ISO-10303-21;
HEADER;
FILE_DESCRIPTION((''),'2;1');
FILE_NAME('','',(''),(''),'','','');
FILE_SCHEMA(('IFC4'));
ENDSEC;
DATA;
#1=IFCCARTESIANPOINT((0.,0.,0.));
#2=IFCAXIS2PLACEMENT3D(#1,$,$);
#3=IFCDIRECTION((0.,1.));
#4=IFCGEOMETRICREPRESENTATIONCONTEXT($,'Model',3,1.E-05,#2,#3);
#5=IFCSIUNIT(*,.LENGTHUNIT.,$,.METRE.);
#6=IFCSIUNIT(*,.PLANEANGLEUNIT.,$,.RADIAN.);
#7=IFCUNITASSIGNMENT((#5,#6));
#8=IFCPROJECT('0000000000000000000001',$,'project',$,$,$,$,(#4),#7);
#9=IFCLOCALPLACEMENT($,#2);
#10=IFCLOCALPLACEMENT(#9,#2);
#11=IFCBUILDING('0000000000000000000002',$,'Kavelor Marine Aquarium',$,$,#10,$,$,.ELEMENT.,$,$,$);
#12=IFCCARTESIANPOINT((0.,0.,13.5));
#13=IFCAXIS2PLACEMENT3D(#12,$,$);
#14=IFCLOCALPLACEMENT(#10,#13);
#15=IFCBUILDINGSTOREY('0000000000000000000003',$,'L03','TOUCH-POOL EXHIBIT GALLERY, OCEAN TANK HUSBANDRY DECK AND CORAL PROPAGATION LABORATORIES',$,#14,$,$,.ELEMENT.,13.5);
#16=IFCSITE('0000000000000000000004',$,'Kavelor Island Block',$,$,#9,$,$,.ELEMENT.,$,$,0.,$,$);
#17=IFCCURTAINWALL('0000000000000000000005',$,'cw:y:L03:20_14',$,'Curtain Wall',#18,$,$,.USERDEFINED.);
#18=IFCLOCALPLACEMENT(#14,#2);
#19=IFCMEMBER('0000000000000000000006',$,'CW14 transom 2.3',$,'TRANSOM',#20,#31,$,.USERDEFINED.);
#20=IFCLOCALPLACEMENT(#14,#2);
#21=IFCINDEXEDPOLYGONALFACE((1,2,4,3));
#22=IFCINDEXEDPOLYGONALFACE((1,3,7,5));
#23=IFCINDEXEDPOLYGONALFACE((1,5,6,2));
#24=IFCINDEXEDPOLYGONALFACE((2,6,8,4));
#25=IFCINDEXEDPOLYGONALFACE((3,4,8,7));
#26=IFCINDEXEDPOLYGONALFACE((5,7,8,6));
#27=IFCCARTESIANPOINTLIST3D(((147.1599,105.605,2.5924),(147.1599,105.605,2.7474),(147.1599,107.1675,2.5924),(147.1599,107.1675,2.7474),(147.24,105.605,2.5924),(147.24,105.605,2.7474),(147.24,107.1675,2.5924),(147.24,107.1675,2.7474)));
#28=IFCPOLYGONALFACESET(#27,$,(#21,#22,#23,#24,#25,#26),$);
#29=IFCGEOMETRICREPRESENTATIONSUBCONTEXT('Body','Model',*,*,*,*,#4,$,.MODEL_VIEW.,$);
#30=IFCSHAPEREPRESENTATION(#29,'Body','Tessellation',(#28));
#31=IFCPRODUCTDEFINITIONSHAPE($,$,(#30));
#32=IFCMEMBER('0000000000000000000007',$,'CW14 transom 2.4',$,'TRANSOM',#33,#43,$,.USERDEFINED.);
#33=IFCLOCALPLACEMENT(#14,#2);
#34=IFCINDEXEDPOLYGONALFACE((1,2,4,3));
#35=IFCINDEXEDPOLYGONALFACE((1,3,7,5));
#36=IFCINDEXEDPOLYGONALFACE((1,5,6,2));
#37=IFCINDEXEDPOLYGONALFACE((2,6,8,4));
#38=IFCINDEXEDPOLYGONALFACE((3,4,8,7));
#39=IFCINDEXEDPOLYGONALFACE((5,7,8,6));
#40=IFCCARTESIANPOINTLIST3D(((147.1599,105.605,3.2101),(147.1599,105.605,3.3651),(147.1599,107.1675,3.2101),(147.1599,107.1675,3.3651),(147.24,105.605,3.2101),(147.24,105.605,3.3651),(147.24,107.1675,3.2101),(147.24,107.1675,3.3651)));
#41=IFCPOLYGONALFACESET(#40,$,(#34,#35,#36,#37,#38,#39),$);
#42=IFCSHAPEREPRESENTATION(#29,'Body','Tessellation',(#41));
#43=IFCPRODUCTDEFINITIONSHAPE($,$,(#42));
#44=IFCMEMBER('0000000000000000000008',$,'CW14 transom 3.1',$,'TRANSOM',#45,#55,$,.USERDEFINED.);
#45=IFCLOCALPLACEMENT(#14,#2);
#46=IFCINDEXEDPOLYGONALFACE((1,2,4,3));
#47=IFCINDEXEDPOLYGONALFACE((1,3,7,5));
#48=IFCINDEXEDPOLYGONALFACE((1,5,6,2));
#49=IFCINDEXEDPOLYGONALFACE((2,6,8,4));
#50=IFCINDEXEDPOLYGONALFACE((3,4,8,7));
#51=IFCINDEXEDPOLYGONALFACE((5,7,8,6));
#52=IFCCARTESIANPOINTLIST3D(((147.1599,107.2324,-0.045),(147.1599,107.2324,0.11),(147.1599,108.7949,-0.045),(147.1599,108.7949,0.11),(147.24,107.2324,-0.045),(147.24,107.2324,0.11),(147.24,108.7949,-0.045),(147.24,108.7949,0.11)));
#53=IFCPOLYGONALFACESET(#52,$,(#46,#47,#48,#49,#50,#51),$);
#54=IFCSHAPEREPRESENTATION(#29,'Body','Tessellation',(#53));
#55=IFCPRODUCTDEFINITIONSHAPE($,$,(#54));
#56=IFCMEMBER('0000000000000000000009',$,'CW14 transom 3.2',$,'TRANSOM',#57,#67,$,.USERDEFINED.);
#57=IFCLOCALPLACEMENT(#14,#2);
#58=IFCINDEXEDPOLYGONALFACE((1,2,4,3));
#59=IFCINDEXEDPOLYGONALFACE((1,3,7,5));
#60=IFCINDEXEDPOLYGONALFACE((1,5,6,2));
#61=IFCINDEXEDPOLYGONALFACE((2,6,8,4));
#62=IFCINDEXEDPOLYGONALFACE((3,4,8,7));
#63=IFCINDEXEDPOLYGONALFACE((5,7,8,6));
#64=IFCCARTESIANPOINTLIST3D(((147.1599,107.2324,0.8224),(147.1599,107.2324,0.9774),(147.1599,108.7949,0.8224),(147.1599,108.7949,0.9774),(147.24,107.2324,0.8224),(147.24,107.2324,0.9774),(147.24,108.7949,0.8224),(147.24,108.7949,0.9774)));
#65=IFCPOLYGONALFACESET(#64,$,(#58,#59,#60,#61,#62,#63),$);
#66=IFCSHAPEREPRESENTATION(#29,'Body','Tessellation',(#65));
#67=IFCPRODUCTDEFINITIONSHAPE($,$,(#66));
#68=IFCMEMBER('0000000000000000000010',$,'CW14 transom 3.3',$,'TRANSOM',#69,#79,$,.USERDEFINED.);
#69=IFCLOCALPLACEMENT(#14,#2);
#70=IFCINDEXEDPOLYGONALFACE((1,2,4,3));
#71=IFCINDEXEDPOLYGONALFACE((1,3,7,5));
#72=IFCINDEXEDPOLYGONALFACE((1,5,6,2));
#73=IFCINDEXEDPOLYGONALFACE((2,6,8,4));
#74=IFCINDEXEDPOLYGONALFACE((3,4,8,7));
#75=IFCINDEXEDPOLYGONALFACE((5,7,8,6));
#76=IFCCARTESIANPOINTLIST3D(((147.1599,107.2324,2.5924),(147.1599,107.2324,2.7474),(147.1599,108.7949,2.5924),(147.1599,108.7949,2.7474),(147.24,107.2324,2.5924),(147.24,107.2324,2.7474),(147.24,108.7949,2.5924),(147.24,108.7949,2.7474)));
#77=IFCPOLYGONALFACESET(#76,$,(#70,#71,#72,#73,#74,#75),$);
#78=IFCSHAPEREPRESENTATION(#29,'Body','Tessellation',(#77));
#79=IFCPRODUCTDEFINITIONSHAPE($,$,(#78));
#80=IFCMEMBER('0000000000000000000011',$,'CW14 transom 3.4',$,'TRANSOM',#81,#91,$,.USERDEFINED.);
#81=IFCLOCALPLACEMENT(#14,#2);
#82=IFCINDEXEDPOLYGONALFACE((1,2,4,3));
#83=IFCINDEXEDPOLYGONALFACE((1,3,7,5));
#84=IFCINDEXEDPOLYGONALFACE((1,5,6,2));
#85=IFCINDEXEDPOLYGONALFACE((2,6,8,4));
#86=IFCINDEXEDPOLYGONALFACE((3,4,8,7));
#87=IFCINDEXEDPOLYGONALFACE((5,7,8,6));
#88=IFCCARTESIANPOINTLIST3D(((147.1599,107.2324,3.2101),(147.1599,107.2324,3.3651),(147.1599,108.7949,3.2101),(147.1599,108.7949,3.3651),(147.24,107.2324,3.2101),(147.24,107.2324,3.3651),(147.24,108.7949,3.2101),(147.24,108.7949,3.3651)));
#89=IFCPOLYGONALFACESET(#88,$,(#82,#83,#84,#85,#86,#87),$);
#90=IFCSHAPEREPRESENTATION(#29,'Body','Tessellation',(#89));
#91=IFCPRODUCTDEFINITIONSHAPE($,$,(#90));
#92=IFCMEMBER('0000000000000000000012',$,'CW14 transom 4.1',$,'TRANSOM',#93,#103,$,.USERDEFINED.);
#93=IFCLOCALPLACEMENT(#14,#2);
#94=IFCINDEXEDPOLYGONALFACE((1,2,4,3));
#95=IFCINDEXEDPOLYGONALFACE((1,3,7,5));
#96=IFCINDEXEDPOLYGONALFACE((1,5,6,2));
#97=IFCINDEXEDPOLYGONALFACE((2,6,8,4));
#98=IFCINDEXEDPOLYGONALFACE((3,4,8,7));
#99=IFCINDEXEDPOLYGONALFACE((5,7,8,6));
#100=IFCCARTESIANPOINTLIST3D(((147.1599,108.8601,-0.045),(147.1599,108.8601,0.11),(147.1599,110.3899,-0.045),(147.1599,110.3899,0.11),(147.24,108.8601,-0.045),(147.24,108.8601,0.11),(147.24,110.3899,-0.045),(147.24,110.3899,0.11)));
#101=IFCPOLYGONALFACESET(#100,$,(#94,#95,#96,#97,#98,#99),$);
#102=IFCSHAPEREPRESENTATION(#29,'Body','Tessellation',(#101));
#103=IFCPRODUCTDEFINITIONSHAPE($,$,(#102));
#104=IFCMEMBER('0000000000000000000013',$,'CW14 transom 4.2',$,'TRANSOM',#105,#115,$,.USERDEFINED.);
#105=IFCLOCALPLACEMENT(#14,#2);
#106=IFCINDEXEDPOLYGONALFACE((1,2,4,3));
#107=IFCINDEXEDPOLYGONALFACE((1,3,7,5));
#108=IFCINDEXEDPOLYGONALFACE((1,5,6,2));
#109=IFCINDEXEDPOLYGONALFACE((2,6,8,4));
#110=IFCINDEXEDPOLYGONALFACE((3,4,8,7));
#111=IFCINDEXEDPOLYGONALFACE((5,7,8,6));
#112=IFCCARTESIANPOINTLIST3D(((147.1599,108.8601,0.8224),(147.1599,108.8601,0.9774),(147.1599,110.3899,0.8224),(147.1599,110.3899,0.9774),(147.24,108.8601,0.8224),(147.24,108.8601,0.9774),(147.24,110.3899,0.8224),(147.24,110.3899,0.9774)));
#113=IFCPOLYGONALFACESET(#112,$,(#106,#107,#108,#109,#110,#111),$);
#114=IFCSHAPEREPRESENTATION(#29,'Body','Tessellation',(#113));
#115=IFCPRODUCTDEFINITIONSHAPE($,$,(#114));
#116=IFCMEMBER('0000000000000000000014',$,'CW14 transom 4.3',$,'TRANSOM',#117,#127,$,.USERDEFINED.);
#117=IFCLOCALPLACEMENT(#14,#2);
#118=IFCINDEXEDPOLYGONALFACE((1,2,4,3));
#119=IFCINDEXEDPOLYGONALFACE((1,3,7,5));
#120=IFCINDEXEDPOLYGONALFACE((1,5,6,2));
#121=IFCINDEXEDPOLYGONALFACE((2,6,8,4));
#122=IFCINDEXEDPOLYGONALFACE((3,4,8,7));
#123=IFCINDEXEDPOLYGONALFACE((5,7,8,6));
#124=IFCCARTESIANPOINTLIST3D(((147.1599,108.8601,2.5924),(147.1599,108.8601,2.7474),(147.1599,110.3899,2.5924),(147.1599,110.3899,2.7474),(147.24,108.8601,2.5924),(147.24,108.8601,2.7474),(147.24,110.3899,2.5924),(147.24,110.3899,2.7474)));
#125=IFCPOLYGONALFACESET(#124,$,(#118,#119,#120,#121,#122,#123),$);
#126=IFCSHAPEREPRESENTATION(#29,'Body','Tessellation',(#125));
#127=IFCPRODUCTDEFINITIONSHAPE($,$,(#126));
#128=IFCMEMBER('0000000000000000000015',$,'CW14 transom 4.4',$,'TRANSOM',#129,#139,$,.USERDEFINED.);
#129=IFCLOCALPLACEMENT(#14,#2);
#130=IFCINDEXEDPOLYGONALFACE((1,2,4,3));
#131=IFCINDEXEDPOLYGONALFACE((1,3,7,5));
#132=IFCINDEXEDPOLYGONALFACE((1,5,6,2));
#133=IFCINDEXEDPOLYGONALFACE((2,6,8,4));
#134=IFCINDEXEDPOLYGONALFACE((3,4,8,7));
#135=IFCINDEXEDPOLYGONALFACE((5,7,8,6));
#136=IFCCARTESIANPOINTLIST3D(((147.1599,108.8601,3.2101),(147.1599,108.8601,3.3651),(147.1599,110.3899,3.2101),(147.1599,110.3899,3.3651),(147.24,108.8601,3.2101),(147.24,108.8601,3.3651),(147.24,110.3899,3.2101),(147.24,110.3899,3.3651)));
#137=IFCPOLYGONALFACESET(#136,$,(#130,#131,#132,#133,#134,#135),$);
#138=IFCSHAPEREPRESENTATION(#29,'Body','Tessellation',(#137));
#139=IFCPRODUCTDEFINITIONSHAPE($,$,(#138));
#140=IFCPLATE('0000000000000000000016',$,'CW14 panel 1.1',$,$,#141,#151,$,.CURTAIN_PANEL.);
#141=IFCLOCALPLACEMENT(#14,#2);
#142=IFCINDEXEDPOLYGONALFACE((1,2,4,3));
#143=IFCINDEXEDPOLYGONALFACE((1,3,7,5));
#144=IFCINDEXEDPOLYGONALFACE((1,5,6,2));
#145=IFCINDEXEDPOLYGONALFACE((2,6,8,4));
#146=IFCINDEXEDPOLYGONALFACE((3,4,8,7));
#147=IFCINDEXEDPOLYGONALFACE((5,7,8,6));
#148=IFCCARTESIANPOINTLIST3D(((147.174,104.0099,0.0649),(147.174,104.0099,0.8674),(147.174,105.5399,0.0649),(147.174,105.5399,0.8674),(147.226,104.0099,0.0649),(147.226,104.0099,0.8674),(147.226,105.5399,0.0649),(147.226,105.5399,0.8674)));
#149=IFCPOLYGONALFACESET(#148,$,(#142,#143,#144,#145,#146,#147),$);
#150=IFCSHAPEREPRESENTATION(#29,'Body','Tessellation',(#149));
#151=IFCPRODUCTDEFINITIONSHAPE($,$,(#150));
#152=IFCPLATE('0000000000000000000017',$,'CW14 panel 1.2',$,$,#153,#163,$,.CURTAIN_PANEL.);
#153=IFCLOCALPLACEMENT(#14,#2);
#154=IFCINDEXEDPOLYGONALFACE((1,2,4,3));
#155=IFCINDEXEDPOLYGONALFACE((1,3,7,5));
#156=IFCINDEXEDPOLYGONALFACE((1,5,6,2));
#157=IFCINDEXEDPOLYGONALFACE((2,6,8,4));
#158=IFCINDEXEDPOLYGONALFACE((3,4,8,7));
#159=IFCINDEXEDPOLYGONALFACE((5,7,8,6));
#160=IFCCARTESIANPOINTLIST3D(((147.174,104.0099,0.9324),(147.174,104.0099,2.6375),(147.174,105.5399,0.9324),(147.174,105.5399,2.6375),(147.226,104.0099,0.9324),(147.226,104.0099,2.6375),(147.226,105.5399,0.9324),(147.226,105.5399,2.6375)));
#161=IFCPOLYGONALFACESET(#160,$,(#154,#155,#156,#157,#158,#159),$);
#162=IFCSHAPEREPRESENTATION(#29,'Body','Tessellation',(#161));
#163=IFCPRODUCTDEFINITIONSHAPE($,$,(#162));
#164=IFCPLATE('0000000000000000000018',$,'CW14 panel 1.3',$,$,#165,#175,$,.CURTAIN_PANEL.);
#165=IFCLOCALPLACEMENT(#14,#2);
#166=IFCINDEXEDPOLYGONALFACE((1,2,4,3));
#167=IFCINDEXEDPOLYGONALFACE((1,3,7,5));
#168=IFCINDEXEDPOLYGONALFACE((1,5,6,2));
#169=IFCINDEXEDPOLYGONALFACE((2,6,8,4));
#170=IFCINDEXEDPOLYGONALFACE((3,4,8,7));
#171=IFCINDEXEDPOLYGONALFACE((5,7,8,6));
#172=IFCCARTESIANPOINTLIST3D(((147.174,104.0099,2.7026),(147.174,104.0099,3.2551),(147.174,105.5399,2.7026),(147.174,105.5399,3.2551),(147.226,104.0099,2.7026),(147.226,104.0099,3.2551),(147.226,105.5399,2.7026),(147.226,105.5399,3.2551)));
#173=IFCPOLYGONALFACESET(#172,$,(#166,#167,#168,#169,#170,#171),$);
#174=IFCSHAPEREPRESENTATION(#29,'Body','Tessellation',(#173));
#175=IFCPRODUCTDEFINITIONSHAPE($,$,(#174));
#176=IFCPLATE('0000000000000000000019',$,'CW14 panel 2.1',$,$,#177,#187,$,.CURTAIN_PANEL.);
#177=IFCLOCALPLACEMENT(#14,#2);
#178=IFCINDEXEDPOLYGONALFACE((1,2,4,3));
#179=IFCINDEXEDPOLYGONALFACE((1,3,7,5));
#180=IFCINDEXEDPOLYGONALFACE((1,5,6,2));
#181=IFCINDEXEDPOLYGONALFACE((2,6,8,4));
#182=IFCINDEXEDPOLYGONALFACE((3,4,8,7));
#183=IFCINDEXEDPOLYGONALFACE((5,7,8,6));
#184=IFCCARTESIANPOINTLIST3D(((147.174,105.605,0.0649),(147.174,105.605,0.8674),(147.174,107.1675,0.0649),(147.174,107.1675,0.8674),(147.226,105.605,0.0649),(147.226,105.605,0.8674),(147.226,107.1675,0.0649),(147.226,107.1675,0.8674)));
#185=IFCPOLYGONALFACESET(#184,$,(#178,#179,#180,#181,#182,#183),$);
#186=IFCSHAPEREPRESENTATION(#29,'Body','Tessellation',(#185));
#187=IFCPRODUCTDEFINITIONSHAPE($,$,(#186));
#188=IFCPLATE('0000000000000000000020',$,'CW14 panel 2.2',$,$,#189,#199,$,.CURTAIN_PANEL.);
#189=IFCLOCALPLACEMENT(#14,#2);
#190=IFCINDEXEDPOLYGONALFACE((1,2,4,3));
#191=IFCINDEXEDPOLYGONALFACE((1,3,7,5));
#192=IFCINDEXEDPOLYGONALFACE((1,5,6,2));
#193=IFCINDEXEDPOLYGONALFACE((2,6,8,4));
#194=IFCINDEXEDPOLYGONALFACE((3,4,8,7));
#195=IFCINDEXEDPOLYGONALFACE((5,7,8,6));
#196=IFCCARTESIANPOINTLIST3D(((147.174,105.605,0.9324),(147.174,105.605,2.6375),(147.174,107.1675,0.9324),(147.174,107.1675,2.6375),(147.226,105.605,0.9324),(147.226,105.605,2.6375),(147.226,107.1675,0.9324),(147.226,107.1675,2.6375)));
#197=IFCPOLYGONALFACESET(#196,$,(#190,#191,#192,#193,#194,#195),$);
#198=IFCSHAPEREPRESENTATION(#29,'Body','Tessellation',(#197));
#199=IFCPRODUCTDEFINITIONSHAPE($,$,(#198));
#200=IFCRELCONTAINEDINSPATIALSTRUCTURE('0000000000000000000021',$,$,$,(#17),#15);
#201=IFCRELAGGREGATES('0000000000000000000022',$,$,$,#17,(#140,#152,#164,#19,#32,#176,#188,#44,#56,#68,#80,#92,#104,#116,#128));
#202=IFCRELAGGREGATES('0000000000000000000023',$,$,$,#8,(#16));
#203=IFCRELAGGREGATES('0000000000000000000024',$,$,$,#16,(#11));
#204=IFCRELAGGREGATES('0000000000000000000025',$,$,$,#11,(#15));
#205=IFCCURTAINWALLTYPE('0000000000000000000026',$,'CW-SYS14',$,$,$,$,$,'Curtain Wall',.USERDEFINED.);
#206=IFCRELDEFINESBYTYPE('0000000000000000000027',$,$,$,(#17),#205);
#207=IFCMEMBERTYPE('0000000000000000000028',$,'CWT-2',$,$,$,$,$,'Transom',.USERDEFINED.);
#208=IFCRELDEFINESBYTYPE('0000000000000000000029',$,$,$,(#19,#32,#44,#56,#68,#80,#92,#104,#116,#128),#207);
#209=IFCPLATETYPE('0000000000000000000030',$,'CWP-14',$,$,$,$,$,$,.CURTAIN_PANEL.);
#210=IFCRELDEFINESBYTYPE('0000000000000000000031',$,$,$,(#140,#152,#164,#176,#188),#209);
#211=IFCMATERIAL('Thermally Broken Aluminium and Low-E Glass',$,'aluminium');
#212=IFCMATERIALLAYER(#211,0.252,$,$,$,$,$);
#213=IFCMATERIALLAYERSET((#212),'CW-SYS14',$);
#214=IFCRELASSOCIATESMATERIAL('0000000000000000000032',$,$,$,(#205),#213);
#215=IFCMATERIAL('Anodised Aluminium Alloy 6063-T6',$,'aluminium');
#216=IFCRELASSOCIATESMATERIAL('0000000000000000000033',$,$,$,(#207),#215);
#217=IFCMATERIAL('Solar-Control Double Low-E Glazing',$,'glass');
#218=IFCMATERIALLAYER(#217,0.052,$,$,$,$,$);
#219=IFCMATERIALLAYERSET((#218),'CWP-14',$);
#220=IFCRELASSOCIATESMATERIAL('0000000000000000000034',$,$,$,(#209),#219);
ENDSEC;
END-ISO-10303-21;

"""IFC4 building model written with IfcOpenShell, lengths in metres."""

from ifc_helpers import new_model, si_unit, direction, frame, origin, origin_2d, place, context, subcontext, project, spatial, rectangle, extrude, material, layer, layer_set, material_profile, profile_set, type_object, element, aggregate, save


model = new_model("IFC4")

# Units and contexts
model_context = context("Model", 3, precision=1e-05, world=origin(), true_north=direction((0.0, 1.0)))
body_context = subcontext(model_context, "Body", "Model", "MODEL_VIEW")
ifc_project = project(units=[si_unit("LENGTHUNIT", "METRE"), si_unit("PLANEANGLEUNIT", "RADIAN")], contexts=[model_context])

# Site, building, storey
site_placement = place(None, origin())
site = spatial("IfcSite", under=ifc_project, at=site_placement, Name="Kavelor Island Block", CompositionType="ELEMENT", RefElevation=0.0)
building_placement = place(site_placement, origin())
building = spatial("IfcBuilding", under=site, at=building_placement, Name="Kavelor Marine Aquarium", CompositionType="ELEMENT")
storey_placement = place(building_placement, frame((0.0, 0.0, 13.5)))
storey = spatial("IfcBuildingStorey", under=building, at=storey_placement, Name="L03", Description="TOUCH-POOL EXHIBIT GALLERY, OCEAN TANK HUSBANDRY DECK AND CORAL PROPAGATION LABORATORIES", CompositionType="ELEMENT", Elevation=13.5)

# Curtain wall, members, plates
ifc_material_1 = material(Name="Thermally Broken Aluminium and Low-E Glass", Category="aluminium")
ifc_layer_1 = layer(ifc_material_1, 0.252)
ifc_layer_set_1 = layer_set([ifc_layer_1], Name="CW-SYS14")
curtain_wall_type = type_object("IfcCurtainWallType", Name="CW-SYS14", ElementType="Curtain Wall", PredefinedType="USERDEFINED", material=ifc_layer_set_1)
curtain_wall_placement = place(storey_placement, origin())
curtain_wall = element("IfcCurtainWall", 1, at=curtain_wall_placement, inside=storey, type_object=curtain_wall_type, Name="cw:y:L03:20_14", ObjectType="Curtain Wall", PredefinedType="USERDEFINED")
ifc_material_2 = material(Name="Anodised Aluminium Alloy 6063-T6", Category="aluminium")
ifc_material_profile_1 = material_profile(ifc_material_2, rectangle(XDim=0.0801, YDim=0.155, at=origin_2d()), Name="CW-TRN 80x155")
ifc_profile_set_1 = profile_set([ifc_material_profile_1], Name="Anodised Aluminium Alloy 6063-T6")
member_type_1 = type_object("IfcMemberType", Name="CWT-2", ElementType="Transom", PredefinedType="USERDEFINED", material=ifc_profile_set_1)
member_1_placement = place(storey_placement, frame((147.2, 105.605, 2.6699), z_axis=(0.0, 1.0, 0.0), x_axis=(-1.0, 0.0, 0.0)))
member_1 = element("IfcMember", 2, at=member_1_placement, type_object=member_type_1, Name="CW14 transom 2.3", ObjectType="TRANSOM", PredefinedType="USERDEFINED", context=body_context, shape_type="SweptSolid", body=[
    extrude(rectangle(XDim=0.0801, YDim=0.155, at=origin_2d()), origin(), (0.0, 0.0, 1.0), 1.5625),
])
member_2_placement = place(storey_placement, frame((147.2, 105.605, 3.2876), z_axis=(0.0, 1.0, 0.0), x_axis=(-1.0, 0.0, 0.0)))
member_2 = element("IfcMember", 3, at=member_2_placement, type_object=member_type_1, Name="CW14 transom 2.4", ObjectType="TRANSOM", PredefinedType="USERDEFINED", context=body_context, shape_type="SweptSolid", body=[
    extrude(rectangle(XDim=0.0801, YDim=0.155, at=origin_2d()), origin(), (0.0, 0.0, 1.0), 1.5625),
])
member_3_placement = place(storey_placement, frame((147.2, 107.2324, 0.0325), z_axis=(0.0, 1.0, 0.0), x_axis=(-1.0, 0.0, 0.0)))
member_3 = element("IfcMember", 4, at=member_3_placement, type_object=member_type_1, Name="CW14 transom 3.1", ObjectType="TRANSOM", PredefinedType="USERDEFINED", context=body_context, shape_type="SweptSolid", body=[
    extrude(rectangle(XDim=0.0801, YDim=0.155, at=origin_2d()), origin(), (0.0, 0.0, 1.0), 1.5625),
])
member_4_placement = place(storey_placement, frame((147.2, 107.2324, 0.8999), z_axis=(0.0, 1.0, 0.0), x_axis=(-1.0, 0.0, 0.0)))
member_4 = element("IfcMember", 5, at=member_4_placement, type_object=member_type_1, Name="CW14 transom 3.2", ObjectType="TRANSOM", PredefinedType="USERDEFINED", context=body_context, shape_type="SweptSolid", body=[
    extrude(rectangle(XDim=0.0801, YDim=0.155, at=origin_2d()), origin(), (0.0, 0.0, 1.0), 1.5625),
])
member_5_placement = place(storey_placement, frame((147.2, 107.2324, 2.6699), z_axis=(0.0, 1.0, 0.0), x_axis=(-1.0, 0.0, 0.0)))
member_5 = element("IfcMember", 6, at=member_5_placement, type_object=member_type_1, Name="CW14 transom 3.3", ObjectType="TRANSOM", PredefinedType="USERDEFINED", context=body_context, shape_type="SweptSolid", body=[
    extrude(rectangle(XDim=0.0801, YDim=0.155, at=origin_2d()), origin(), (0.0, 0.0, 1.0), 1.5625),
])
member_6_placement = place(storey_placement, frame((147.2, 107.2324, 3.2876), z_axis=(0.0, 1.0, 0.0), x_axis=(-1.0, 0.0, 0.0)))
member_6 = element("IfcMember", 7, at=member_6_placement, type_object=member_type_1, Name="CW14 transom 3.4", ObjectType="TRANSOM", PredefinedType="USERDEFINED", context=body_context, shape_type="SweptSolid", body=[
    extrude(rectangle(XDim=0.0801, YDim=0.155, at=origin_2d()), origin(), (0.0, 0.0, 1.0), 1.5625),
])
member_7_placement = place(storey_placement, frame((147.2, 108.8601, 0.0325), z_axis=(0.0, 1.0, 0.0), x_axis=(-1.0, 0.0, 0.0)))
member_7 = element("IfcMember", 8, at=member_7_placement, type_object=member_type_1, Name="CW14 transom 4.1", ObjectType="TRANSOM", PredefinedType="USERDEFINED", context=body_context, shape_type="SweptSolid", body=[
    extrude(rectangle(XDim=0.0801, YDim=0.155, at=origin_2d()), origin(), (0.0, 0.0, 1.0), 1.5298),
])
member_8_placement = place(storey_placement, frame((147.2, 108.8601, 0.8999), z_axis=(0.0, 1.0, 0.0), x_axis=(-1.0, 0.0, 0.0)))
member_8 = element("IfcMember", 9, at=member_8_placement, type_object=member_type_1, Name="CW14 transom 4.2", ObjectType="TRANSOM", PredefinedType="USERDEFINED", context=body_context, shape_type="SweptSolid", body=[
    extrude(rectangle(XDim=0.0801, YDim=0.155, at=origin_2d()), origin(), (0.0, 0.0, 1.0), 1.5298),
])
member_9_placement = place(storey_placement, frame((147.2, 108.8601, 2.6699), z_axis=(0.0, 1.0, 0.0), x_axis=(-1.0, 0.0, 0.0)))
member_9 = element("IfcMember", 10, at=member_9_placement, type_object=member_type_1, Name="CW14 transom 4.3", ObjectType="TRANSOM", PredefinedType="USERDEFINED", context=body_context, shape_type="SweptSolid", body=[
    extrude(rectangle(XDim=0.0801, YDim=0.155, at=origin_2d()), origin(), (0.0, 0.0, 1.0), 1.5298),
])
member_10_placement = place(storey_placement, frame((147.2, 108.8601, 3.2876), z_axis=(0.0, 1.0, 0.0), x_axis=(-1.0, 0.0, 0.0)))
member_10 = element("IfcMember", 11, at=member_10_placement, type_object=member_type_1, Name="CW14 transom 4.4", ObjectType="TRANSOM", PredefinedType="USERDEFINED", context=body_context, shape_type="SweptSolid", body=[
    extrude(rectangle(XDim=0.0801, YDim=0.155, at=origin_2d()), origin(), (0.0, 0.0, 1.0), 1.5298),
])
ifc_material_3 = material(Name="Solar-Control Double Low-E Glazing", Category="glass")
ifc_layer_2 = layer(ifc_material_3, 0.052)
ifc_layer_set_2 = layer_set([ifc_layer_2], Name="CWP-14")
plate_type = type_object("IfcPlateType", Name="CWP-14", PredefinedType="CURTAIN_PANEL", material=ifc_layer_set_2)
plate_1_placement = place(storey_placement, frame((147.2, 104.7749, 0.0649), z_axis=(0.0, 0.0, 1.0), x_axis=(0.0, 1.0, 0.0)))
plate_1 = element("IfcPlate", 12, at=plate_1_placement, type_object=plate_type, Name="CW14 panel 1.1", PredefinedType="CURTAIN_PANEL", context=body_context, shape_type="SweptSolid", body=[
    extrude(rectangle(XDim=1.53, YDim=0.052, at=origin_2d()), origin(), (0.0, 0.0, 1.0), 0.8025),
])
plate_2_placement = place(storey_placement, frame((147.2, 104.7749, 0.9324), z_axis=(0.0, 0.0, 1.0), x_axis=(0.0, 1.0, 0.0)))
plate_2 = element("IfcPlate", 13, at=plate_2_placement, type_object=plate_type, Name="CW14 panel 1.2", PredefinedType="CURTAIN_PANEL", context=body_context, shape_type="SweptSolid", body=[
    extrude(rectangle(XDim=1.53, YDim=0.052, at=origin_2d()), origin(), (0.0, 0.0, 1.0), 1.7051),
])
plate_3_placement = place(storey_placement, frame((147.2, 104.7749, 2.7026), z_axis=(0.0, 0.0, 1.0), x_axis=(0.0, 1.0, 0.0)))
plate_3 = element("IfcPlate", 14, at=plate_3_placement, type_object=plate_type, Name="CW14 panel 1.3", PredefinedType="CURTAIN_PANEL", context=body_context, shape_type="SweptSolid", body=[
    extrude(rectangle(XDim=1.53, YDim=0.052, at=origin_2d()), origin(), (0.0, 0.0, 1.0), 0.5525),
])
plate_4_placement = place(storey_placement, frame((147.2, 106.3862, 0.0649), z_axis=(0.0, 0.0, 1.0), x_axis=(0.0, 1.0, 0.0)))
plate_4 = element("IfcPlate", 15, at=plate_4_placement, type_object=plate_type, Name="CW14 panel 2.1", PredefinedType="CURTAIN_PANEL", context=body_context, shape_type="SweptSolid", body=[
    extrude(rectangle(XDim=1.5625, YDim=0.052, at=origin_2d()), origin(), (0.0, 0.0, 1.0), 0.8025),
])
plate_5_placement = place(storey_placement, frame((147.2, 106.3862, 0.9324), z_axis=(0.0, 0.0, 1.0), x_axis=(0.0, 1.0, 0.0)))
plate_5 = element("IfcPlate", 16, at=plate_5_placement, type_object=plate_type, Name="CW14 panel 2.2", PredefinedType="CURTAIN_PANEL", context=body_context, shape_type="SweptSolid", body=[
    extrude(rectangle(XDim=1.5625, YDim=0.052, at=origin_2d()), origin(), (0.0, 0.0, 1.0), 1.7051),
])
aggregate(curtain_wall, [plate_1, plate_2, plate_3, member_1, member_2, plate_4, plate_5, member_3, member_4, member_5, member_6, member_7, member_8, member_9, member_10])

save(model, "model.ifc")
